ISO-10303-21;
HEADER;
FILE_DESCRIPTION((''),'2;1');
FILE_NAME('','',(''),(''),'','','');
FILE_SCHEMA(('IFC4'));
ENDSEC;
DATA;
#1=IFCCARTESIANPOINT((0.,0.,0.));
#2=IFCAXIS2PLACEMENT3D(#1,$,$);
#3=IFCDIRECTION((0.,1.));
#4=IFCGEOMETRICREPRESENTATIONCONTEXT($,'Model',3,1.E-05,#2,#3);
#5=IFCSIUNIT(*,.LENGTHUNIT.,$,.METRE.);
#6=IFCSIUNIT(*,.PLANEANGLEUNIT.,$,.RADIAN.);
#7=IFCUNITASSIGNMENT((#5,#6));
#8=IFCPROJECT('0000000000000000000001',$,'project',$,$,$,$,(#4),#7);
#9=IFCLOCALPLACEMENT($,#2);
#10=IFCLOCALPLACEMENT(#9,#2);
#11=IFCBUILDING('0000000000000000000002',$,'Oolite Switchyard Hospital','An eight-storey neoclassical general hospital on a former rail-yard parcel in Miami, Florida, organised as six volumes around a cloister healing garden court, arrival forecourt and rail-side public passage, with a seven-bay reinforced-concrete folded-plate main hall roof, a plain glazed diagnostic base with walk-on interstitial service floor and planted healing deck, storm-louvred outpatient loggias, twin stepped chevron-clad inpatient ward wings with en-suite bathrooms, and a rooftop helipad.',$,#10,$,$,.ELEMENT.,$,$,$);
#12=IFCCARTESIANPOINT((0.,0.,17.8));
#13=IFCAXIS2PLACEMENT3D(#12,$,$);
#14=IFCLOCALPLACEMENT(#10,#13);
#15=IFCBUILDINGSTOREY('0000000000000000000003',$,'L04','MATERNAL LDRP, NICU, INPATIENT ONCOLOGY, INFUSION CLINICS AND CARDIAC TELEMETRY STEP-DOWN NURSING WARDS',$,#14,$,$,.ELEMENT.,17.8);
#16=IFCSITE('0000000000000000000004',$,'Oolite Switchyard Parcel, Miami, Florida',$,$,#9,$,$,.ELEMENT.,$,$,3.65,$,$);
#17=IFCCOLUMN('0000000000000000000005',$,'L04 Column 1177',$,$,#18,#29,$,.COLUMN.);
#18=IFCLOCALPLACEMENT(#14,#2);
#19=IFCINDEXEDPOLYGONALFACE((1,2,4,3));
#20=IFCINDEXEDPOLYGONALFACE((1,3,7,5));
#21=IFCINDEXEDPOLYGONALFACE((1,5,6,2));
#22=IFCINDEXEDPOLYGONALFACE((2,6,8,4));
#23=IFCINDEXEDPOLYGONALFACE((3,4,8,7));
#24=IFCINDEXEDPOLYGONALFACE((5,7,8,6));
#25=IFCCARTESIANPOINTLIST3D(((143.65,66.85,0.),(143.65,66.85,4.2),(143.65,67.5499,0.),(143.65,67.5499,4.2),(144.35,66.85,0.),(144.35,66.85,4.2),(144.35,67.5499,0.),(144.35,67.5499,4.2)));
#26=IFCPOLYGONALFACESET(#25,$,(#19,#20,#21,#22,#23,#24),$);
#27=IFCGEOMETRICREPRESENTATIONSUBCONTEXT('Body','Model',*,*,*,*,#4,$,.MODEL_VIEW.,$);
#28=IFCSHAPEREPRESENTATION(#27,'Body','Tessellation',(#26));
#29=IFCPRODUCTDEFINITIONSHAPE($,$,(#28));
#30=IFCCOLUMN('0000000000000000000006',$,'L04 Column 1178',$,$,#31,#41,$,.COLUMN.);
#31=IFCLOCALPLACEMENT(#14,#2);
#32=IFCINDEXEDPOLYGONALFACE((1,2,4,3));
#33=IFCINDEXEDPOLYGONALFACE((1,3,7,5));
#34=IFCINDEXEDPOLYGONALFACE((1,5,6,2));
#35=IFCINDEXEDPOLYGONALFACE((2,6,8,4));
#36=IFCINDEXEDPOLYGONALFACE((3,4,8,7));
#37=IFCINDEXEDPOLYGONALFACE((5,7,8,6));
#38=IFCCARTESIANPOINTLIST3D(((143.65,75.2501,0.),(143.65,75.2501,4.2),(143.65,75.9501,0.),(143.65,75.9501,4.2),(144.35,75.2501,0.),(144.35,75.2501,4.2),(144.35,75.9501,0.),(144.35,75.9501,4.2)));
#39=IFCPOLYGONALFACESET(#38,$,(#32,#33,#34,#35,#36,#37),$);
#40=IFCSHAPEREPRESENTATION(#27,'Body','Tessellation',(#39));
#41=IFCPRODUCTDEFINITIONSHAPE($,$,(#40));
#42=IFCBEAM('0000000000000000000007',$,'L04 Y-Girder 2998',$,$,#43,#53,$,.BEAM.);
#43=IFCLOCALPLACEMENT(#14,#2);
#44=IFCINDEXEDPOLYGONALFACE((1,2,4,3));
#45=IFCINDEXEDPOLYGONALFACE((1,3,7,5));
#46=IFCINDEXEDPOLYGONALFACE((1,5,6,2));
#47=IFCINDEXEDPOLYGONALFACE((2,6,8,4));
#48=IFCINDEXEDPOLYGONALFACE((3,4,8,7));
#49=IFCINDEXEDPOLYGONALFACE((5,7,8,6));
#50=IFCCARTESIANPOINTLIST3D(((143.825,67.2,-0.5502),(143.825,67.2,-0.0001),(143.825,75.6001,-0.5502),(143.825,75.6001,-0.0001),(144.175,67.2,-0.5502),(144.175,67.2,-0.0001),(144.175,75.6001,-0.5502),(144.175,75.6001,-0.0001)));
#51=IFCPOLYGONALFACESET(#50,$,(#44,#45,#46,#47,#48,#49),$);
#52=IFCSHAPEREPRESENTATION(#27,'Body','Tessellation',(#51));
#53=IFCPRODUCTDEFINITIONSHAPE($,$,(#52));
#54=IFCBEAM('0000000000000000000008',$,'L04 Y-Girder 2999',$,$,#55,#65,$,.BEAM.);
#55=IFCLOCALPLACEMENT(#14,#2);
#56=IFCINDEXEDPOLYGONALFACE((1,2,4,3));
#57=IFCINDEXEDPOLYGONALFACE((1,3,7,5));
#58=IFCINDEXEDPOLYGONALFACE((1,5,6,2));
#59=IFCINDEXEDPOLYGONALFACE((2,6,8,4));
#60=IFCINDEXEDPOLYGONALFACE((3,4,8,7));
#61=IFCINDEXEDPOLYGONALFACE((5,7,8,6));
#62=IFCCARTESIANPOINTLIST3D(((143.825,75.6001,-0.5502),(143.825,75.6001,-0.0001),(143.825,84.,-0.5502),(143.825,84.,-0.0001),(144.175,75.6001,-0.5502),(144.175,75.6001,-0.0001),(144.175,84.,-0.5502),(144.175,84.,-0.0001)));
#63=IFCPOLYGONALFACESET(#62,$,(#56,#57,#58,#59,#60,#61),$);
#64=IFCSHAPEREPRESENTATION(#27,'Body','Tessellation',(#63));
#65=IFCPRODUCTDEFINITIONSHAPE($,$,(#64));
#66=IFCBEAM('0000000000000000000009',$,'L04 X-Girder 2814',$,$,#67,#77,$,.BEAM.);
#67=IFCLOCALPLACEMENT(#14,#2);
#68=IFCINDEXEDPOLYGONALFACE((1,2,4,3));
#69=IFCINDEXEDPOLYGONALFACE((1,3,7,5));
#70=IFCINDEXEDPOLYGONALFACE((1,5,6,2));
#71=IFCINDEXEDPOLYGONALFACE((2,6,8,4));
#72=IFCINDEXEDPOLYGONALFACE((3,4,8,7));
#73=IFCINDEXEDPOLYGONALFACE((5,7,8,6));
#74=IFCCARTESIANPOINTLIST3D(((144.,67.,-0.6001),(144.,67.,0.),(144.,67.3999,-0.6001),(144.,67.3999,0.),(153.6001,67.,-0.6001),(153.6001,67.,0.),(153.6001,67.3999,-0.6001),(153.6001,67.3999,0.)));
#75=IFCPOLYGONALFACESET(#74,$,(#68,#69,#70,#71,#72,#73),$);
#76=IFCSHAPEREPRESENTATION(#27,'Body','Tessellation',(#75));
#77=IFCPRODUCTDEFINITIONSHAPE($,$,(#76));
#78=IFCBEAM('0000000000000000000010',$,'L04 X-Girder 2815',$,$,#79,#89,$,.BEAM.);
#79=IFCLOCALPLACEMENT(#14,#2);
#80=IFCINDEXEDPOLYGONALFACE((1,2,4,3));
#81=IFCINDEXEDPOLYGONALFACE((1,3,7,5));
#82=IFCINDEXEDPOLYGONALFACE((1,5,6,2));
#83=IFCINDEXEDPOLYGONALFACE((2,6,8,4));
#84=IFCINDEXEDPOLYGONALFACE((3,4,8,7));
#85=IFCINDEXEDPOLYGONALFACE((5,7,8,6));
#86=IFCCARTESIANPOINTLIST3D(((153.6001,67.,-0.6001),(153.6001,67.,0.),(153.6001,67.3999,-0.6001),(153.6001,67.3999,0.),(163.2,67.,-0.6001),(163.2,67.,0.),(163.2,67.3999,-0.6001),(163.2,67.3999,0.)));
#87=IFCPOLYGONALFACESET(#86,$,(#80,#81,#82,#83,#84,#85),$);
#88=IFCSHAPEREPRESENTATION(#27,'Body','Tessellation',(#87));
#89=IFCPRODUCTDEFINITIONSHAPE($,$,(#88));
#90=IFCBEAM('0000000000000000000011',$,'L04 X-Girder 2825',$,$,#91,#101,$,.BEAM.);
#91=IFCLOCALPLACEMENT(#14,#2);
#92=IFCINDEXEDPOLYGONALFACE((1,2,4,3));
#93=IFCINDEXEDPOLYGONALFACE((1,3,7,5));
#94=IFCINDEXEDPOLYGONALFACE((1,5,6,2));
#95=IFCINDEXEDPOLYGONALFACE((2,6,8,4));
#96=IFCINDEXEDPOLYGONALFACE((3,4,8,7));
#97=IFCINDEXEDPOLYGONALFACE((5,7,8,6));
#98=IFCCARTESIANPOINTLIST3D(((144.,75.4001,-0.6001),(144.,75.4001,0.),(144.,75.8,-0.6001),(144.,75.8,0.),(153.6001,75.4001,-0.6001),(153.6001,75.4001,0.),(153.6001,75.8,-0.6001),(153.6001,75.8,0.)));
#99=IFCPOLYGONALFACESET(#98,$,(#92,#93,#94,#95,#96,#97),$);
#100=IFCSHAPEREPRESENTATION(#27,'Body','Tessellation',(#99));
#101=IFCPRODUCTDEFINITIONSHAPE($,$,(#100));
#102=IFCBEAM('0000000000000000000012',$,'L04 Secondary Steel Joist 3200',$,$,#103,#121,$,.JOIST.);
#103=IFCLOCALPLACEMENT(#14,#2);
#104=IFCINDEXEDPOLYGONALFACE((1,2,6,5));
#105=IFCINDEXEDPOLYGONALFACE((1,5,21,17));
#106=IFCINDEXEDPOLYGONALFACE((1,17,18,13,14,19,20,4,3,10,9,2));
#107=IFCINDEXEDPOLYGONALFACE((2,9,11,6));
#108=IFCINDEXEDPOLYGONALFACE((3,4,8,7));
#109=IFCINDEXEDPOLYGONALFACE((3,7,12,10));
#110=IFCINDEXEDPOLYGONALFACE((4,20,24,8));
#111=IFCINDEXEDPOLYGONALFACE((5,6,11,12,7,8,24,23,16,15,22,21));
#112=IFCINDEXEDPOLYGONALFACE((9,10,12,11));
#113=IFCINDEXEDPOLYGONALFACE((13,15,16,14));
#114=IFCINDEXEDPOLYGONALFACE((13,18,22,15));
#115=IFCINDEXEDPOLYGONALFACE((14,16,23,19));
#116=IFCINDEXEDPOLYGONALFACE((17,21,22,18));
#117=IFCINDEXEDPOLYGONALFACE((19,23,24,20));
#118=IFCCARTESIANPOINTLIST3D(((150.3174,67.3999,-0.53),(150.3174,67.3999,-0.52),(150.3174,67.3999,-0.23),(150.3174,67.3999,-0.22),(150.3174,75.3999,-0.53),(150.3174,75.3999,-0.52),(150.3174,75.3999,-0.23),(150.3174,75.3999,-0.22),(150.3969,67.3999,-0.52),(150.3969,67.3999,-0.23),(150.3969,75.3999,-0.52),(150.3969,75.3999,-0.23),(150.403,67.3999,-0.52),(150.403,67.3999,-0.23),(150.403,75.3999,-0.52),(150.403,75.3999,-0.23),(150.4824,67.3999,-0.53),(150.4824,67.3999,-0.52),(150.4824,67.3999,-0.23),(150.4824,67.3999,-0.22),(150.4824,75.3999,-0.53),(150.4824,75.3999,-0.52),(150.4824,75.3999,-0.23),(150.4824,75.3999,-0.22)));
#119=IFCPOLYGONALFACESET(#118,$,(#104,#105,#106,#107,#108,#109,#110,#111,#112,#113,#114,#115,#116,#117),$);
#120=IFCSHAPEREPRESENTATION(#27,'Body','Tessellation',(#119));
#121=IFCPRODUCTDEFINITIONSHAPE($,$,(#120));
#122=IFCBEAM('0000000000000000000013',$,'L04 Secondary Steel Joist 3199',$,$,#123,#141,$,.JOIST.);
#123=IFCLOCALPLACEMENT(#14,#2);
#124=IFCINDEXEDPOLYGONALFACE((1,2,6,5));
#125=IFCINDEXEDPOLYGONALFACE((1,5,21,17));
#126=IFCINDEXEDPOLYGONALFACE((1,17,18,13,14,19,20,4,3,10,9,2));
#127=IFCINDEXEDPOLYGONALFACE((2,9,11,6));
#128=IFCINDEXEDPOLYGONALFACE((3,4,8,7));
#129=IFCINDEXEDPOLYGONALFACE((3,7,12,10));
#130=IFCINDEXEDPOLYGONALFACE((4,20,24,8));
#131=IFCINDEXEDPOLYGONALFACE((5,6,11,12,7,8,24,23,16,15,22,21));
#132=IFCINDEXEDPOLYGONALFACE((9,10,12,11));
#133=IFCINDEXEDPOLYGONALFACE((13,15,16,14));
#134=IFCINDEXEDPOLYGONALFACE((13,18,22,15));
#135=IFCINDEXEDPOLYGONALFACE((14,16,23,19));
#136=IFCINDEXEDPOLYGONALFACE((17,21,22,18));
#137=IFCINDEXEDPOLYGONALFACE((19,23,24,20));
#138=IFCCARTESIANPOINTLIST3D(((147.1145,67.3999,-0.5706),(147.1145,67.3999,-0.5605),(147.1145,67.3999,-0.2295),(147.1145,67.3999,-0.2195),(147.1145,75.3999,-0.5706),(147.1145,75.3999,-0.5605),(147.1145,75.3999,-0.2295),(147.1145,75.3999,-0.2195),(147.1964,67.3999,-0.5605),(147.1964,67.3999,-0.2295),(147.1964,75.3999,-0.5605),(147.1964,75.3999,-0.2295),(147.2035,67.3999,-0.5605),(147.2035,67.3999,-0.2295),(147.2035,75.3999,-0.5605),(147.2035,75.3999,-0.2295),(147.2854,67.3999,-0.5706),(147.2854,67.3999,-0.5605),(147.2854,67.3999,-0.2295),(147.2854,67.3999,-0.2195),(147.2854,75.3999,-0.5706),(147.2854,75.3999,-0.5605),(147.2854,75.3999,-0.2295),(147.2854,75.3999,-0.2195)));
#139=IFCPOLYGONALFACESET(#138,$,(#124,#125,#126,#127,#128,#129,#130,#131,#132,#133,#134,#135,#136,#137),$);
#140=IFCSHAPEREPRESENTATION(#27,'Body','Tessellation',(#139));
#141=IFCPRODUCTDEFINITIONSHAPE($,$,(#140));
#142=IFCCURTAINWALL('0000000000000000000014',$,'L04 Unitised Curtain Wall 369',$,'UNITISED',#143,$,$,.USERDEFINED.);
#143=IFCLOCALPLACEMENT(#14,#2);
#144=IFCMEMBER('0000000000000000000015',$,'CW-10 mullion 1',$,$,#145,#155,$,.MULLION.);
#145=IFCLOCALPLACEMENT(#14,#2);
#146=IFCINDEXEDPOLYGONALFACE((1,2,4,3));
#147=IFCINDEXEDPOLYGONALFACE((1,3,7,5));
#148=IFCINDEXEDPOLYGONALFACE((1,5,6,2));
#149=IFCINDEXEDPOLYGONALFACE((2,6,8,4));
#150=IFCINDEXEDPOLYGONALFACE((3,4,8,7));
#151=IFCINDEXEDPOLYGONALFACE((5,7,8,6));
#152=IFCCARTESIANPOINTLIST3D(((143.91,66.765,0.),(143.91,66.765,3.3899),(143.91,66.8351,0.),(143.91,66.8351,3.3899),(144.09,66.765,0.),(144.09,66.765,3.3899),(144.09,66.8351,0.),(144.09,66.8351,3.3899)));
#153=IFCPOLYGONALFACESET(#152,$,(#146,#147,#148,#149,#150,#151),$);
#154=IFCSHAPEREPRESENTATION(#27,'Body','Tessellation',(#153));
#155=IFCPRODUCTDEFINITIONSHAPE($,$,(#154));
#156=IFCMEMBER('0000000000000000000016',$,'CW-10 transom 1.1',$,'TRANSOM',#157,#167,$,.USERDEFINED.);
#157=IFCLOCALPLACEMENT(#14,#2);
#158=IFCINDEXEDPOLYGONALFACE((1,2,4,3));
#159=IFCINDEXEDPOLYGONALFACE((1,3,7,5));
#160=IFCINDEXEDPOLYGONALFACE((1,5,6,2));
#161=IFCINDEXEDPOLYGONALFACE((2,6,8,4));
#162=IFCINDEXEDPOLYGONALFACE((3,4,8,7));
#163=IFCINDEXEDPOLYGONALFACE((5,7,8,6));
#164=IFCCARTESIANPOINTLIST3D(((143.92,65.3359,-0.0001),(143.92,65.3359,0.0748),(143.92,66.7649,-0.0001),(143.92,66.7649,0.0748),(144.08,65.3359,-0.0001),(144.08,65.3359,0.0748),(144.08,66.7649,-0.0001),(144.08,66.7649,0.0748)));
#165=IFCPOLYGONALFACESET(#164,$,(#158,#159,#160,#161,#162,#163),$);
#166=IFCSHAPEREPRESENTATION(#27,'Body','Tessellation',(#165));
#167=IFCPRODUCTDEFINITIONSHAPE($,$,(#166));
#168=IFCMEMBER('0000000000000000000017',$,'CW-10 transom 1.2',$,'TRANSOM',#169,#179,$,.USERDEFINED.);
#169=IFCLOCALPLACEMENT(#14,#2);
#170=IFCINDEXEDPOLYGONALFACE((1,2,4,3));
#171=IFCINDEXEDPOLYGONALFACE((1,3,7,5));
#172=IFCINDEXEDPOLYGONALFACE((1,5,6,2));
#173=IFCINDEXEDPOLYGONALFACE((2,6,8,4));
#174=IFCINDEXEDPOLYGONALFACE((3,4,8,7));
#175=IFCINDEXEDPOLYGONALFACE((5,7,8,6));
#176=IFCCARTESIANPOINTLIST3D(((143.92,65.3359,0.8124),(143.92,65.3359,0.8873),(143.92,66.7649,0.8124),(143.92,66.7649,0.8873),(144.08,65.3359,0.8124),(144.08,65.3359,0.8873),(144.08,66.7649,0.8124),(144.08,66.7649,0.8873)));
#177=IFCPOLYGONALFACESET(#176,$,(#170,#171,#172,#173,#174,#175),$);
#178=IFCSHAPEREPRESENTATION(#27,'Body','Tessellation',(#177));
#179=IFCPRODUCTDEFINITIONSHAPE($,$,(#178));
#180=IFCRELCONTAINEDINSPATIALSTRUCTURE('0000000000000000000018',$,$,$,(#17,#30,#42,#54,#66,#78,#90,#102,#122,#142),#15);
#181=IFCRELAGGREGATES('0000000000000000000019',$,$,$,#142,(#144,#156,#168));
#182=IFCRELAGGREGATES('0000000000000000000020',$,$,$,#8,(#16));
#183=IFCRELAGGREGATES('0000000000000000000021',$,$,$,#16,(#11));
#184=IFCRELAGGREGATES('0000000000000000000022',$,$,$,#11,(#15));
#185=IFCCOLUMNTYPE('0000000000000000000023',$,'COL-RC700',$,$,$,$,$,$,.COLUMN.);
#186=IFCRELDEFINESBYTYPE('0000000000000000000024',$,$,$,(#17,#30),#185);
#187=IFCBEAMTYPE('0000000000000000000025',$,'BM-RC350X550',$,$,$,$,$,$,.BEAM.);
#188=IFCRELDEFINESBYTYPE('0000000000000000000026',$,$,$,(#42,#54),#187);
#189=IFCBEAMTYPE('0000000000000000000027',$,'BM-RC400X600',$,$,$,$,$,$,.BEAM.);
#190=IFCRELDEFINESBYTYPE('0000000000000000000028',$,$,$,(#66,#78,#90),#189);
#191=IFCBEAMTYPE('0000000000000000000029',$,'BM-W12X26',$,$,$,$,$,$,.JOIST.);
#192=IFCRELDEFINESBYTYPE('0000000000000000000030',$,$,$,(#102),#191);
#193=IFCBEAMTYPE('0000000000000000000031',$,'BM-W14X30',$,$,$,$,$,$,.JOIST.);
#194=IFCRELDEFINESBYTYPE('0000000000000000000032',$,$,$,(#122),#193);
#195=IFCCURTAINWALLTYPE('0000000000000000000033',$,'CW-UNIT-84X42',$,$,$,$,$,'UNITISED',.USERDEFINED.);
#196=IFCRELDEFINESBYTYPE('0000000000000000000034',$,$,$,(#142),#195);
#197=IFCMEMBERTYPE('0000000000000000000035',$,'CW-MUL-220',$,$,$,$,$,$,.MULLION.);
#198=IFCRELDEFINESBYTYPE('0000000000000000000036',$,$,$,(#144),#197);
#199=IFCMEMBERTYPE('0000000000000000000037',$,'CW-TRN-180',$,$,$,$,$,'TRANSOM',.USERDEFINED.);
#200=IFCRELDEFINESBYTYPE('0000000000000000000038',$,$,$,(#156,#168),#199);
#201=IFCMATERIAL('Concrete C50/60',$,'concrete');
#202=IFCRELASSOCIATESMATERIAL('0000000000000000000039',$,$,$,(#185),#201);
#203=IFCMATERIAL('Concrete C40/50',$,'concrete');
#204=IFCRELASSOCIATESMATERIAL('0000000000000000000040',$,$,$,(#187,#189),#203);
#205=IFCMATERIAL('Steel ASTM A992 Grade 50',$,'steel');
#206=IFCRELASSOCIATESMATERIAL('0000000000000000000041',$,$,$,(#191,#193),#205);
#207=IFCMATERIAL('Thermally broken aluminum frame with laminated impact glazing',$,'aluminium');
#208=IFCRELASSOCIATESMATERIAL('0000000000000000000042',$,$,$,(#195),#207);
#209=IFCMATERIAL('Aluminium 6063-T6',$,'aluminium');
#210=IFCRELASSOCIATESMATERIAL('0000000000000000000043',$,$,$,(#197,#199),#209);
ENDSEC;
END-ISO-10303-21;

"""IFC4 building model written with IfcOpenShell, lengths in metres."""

from ifc_helpers import new_model, si_unit, direction, frame, origin, origin_2d, place, context, subcontext, project, spatial, rectangle, i_section, extrude, material, material_profile, profile_set, type_object, element, aggregate, save


model = new_model("IFC4")

# Units and contexts
model_context = context("Model", 3, precision=1e-05, world=origin(), true_north=direction((0.0, 1.0)))
body_context = subcontext(model_context, "Body", "Model", "MODEL_VIEW")
ifc_project = project(units=[si_unit("LENGTHUNIT", "METRE"), si_unit("PLANEANGLEUNIT", "RADIAN")], contexts=[model_context])

# Site, building, storey
site_placement = place(None, origin())
site = spatial("IfcSite", under=ifc_project, at=site_placement, Name="Oolite Switchyard Parcel, Miami, Florida", CompositionType="ELEMENT", RefElevation=3.65)
building_placement = place(site_placement, origin())
building = spatial("IfcBuilding", under=site, at=building_placement, Name="Oolite Switchyard Hospital", Description="An eight-storey neoclassical general hospital on a former rail-yard parcel in Miami, Florida, organised as six volumes around a cloister healing garden court, arrival forecourt and rail-side public passage, with a seven-bay reinforced-concrete folded-plate main hall roof, a plain glazed diagnostic base with walk-on interstitial service floor and planted healing deck, storm-louvred outpatient loggias, twin stepped chevron-clad inpatient ward wings with en-suite bathrooms, and a rooftop helipad.", CompositionType="ELEMENT")
storey_placement = place(building_placement, frame((0.0, 0.0, 17.8)))
storey = spatial("IfcBuildingStorey", under=building, at=storey_placement, Name="L04", Description="MATERNAL LDRP, NICU, INPATIENT ONCOLOGY, INFUSION CLINICS AND CARDIAC TELEMETRY STEP-DOWN NURSING WARDS", CompositionType="ELEMENT", Elevation=17.8)

# Columns
ifc_material_1 = material(Name="Concrete C50/60", Category="concrete")
ifc_material_profile_1 = material_profile(ifc_material_1, rectangle(XDim=0.7, YDim=0.7, at=origin_2d()), Name="RC700X700")
ifc_profile_set_1 = profile_set([ifc_material_profile_1], Name="Concrete C50/60")
column_type = type_object("IfcColumnType", Name="COL-RC700", PredefinedType="COLUMN", material=ifc_profile_set_1)
for number, where, z_axis, x_axis, name in (
    (1, (144.0, 67.2, 0.0), (0.0, 0.0, 1.0), (1.0, 0.0, 0.0), "L04 Column 1177"),
    (2, (144.0, 75.6001, 0.0), (0.0, 0.0, 1.0), (1.0, 0.0, 0.0), "L04 Column 1178"),
):
    element("IfcColumn", number, at=place(storey_placement, frame(where, z_axis=z_axis, x_axis=x_axis)), inside=storey, type_object=column_type, Name=name, PredefinedType="COLUMN", context=body_context, shape_type="SweptSolid", body=[
        extrude(rectangle(XDim=0.7, YDim=0.7, at=origin_2d()), origin(), (0.0, 0.0, 1.0), 4.2),
    ])

# Beams
ifc_material_2 = material(Name="Concrete C40/50", Category="concrete")
ifc_material_profile_2 = material_profile(ifc_material_2, rectangle(XDim=0.3501, YDim=0.55, at=origin_2d()), Name="RCB350X550")
ifc_profile_set_2 = profile_set([ifc_material_profile_2], Name="Concrete C40/50")
beam_type_1 = type_object("IfcBeamType", Name="BM-RC350X550", PredefinedType="BEAM", material=ifc_profile_set_2)
beam_1_placement = place(storey_placement, frame((144.0, 67.2, -0.2751), z_axis=(0.0, 1.0, 0.0), x_axis=(-1.0, 0.0, 0.0)))
element("IfcBeam", 3, at=beam_1_placement, inside=storey, type_object=beam_type_1, Name="L04 Y-Girder 2998", PredefinedType="BEAM", context=body_context, shape_type="SweptSolid", body=[
    extrude(rectangle(XDim=0.3501, YDim=0.55, at=origin_2d()), origin(), (0.0, 0.0, 1.0), 8.4001),
])
beam_2_placement = place(storey_placement, frame((144.0, 75.6001, -0.2751), z_axis=(0.0, 1.0, 0.0), x_axis=(-1.0, 0.0, 0.0)))
element("IfcBeam", 4, at=beam_2_placement, inside=storey, type_object=beam_type_1, Name="L04 Y-Girder 2999", PredefinedType="BEAM", context=body_context, shape_type="SweptSolid", body=[
    extrude(rectangle(XDim=0.3501, YDim=0.55, at=origin_2d()), origin(), (0.0, 0.0, 1.0), 8.3999),
])
ifc_material_profile_3 = material_profile(ifc_material_2, rectangle(XDim=0.3999, YDim=0.6001, at=origin_2d()), Name="RCB400X600")
ifc_profile_set_3 = profile_set([ifc_material_profile_3], Name="Concrete C40/50")
beam_type_2 = type_object("IfcBeamType", Name="BM-RC400X600", PredefinedType="BEAM", material=ifc_profile_set_3)
beam_3_placement = place(storey_placement, frame((144.0, 67.2, -0.3), z_axis=(1.0, 0.0, 0.0), x_axis=(0.0, 1.0, 0.0)))
element("IfcBeam", 5, at=beam_3_placement, inside=storey, type_object=beam_type_2, Name="L04 X-Girder 2814", PredefinedType="BEAM", context=body_context, shape_type="SweptSolid", body=[
    extrude(rectangle(XDim=0.3999, YDim=0.6001, at=origin_2d()), origin(), (0.0, 0.0, 1.0), 9.6001),
])
beam_4_placement = place(storey_placement, frame((153.6001, 67.2, -0.3), z_axis=(1.0, 0.0, 0.0), x_axis=(0.0, 1.0, 0.0)))
element("IfcBeam", 6, at=beam_4_placement, inside=storey, type_object=beam_type_2, Name="L04 X-Girder 2815", PredefinedType="BEAM", context=body_context, shape_type="SweptSolid", body=[
    extrude(rectangle(XDim=0.3999, YDim=0.6001, at=origin_2d()), origin(), (0.0, 0.0, 1.0), 9.5999),
])
beam_5_placement = place(storey_placement, frame((144.0, 75.6001, -0.3), z_axis=(1.0, 0.0, 0.0), x_axis=(0.0, 1.0, 0.0)))
element("IfcBeam", 7, at=beam_5_placement, inside=storey, type_object=beam_type_2, Name="L04 X-Girder 2825", PredefinedType="BEAM", context=body_context, shape_type="SweptSolid", body=[
    extrude(rectangle(XDim=0.3999, YDim=0.6001, at=origin_2d()), origin(), (0.0, 0.0, 1.0), 9.6001),
])
ifc_material_3 = material(Name="Steel ASTM A992 Grade 50", Category="steel")
ifc_material_profile_4 = material_profile(ifc_material_3, i_section(OverallWidth=0.165, OverallDepth=0.3101, WebThickness=0.0061, FlangeThickness=0.01, at=origin_2d()), Name="W12X26")
ifc_profile_set_4 = profile_set([ifc_material_profile_4], Name="Steel ASTM A992 Grade 50")
beam_type_3 = type_object("IfcBeamType", Name="BM-W12X26", PredefinedType="JOIST", material=ifc_profile_set_4)
beam_6_placement = place(storey_placement, frame((150.3999, 67.3999, -0.375), z_axis=(0.0, 1.0, 0.0), x_axis=(-1.0, 0.0, 0.0)))
element("IfcBeam", 8, at=beam_6_placement, inside=storey, type_object=beam_type_3, Name="L04 Secondary Steel Joist 3200", PredefinedType="JOIST", context=body_context, shape_type="SweptSolid", body=[
    extrude(i_section(OverallWidth=0.165, OverallDepth=0.3101, WebThickness=0.0061, FlangeThickness=0.01, at=origin_2d()), origin(), (0.0, 0.0, 1.0), 8.0),
])
ifc_material_profile_5 = material_profile(ifc_material_3, i_section(OverallWidth=0.1709, OverallDepth=0.3511, WebThickness=0.0071, FlangeThickness=0.01, at=origin_2d()), Name="W14X30")
ifc_profile_set_5 = profile_set([ifc_material_profile_5], Name="Steel ASTM A992 Grade 50")
beam_type_4 = type_object("IfcBeamType", Name="BM-W14X30", PredefinedType="JOIST", material=ifc_profile_set_5)
beam_7_placement = place(storey_placement, frame((147.2, 67.3999, -0.395), z_axis=(0.0, 1.0, 0.0), x_axis=(-1.0, 0.0, 0.0)))
element("IfcBeam", 9, at=beam_7_placement, inside=storey, type_object=beam_type_4, Name="L04 Secondary Steel Joist 3199", PredefinedType="JOIST", context=body_context, shape_type="SweptSolid", body=[
    extrude(i_section(OverallWidth=0.1709, OverallDepth=0.3511, WebThickness=0.0071, FlangeThickness=0.01, at=origin_2d()), origin(), (0.0, 0.0, 1.0), 8.0),
])

# Curtain wall, members
ifc_material_4 = material(Name="Thermally broken aluminum frame with laminated impact glazing", Category="aluminium")
curtain_wall_type = type_object("IfcCurtainWallType", Name="CW-UNIT-84X42", ElementType="UNITISED", PredefinedType="USERDEFINED", material=ifc_material_4)
curtain_wall_placement = place(storey_placement, origin())
curtain_wall = element("IfcCurtainWall", 10, at=curtain_wall_placement, inside=storey, type_object=curtain_wall_type, Name="L04 Unitised Curtain Wall 369", ObjectType="UNITISED", PredefinedType="USERDEFINED")
ifc_material_5 = material(Name="Aluminium 6063-T6", Category="aluminium")
ifc_material_profile_6 = material_profile(ifc_material_5, rectangle(XDim=0.1799, YDim=0.0701, at=origin_2d()), Name="CWM70X180")
ifc_profile_set_6 = profile_set([ifc_material_profile_6], Name="Aluminium 6063-T6")
member_type_1 = type_object("IfcMemberType", Name="CW-MUL-220", PredefinedType="MULLION", material=ifc_profile_set_6)
member_1_placement = place(storey_placement, frame((144.0, 66.8, 0.0), z_axis=(0.0, 0.0, 1.0), x_axis=(1.0, 0.0, 0.0)))
member_1 = element("IfcMember", 11, at=member_1_placement, type_object=member_type_1, Name="CW-10 mullion 1", PredefinedType="MULLION", context=body_context, shape_type="SweptSolid", body=[
    extrude(rectangle(XDim=0.1799, YDim=0.0701, at=origin_2d()), origin(), (0.0, 0.0, 1.0), 3.3899),
])
ifc_material_profile_7 = material_profile(ifc_material_5, rectangle(XDim=0.1599, YDim=0.075, at=origin_2d()), Name="CWT75X160")
ifc_profile_set_7 = profile_set([ifc_material_profile_7], Name="Aluminium 6063-T6")
member_type_2 = type_object("IfcMemberType", Name="CW-TRN-180", ElementType="TRANSOM", PredefinedType="USERDEFINED", material=ifc_profile_set_7)
member_2_placement = place(storey_placement, frame((144.0, 66.7649, 0.0374), z_axis=(0.0, -1.0, 0.0), x_axis=(1.0, 0.0, 0.0)))
member_2 = element("IfcMember", 12, at=member_2_placement, type_object=member_type_2, Name="CW-10 transom 1.1", ObjectType="TRANSOM", PredefinedType="USERDEFINED", context=body_context, shape_type="SweptSolid", body=[
    extrude(rectangle(XDim=0.1599, YDim=0.075, at=origin_2d()), origin(), (0.0, 0.0, 1.0), 1.429),
])
member_3_placement = place(storey_placement, frame((144.0, 66.7649, 0.8499), z_axis=(0.0, -1.0, 0.0), x_axis=(1.0, 0.0, 0.0)))
member_3 = element("IfcMember", 13, at=member_3_placement, type_object=member_type_2, Name="CW-10 transom 1.2", ObjectType="TRANSOM", PredefinedType="USERDEFINED", context=body_context, shape_type="SweptSolid", body=[
    extrude(rectangle(XDim=0.1599, YDim=0.075, at=origin_2d()), origin(), (0.0, 0.0, 1.0), 1.429),
])
aggregate(curtain_wall, [member_1, member_2, member_3])

save(model, "model.ifc")
